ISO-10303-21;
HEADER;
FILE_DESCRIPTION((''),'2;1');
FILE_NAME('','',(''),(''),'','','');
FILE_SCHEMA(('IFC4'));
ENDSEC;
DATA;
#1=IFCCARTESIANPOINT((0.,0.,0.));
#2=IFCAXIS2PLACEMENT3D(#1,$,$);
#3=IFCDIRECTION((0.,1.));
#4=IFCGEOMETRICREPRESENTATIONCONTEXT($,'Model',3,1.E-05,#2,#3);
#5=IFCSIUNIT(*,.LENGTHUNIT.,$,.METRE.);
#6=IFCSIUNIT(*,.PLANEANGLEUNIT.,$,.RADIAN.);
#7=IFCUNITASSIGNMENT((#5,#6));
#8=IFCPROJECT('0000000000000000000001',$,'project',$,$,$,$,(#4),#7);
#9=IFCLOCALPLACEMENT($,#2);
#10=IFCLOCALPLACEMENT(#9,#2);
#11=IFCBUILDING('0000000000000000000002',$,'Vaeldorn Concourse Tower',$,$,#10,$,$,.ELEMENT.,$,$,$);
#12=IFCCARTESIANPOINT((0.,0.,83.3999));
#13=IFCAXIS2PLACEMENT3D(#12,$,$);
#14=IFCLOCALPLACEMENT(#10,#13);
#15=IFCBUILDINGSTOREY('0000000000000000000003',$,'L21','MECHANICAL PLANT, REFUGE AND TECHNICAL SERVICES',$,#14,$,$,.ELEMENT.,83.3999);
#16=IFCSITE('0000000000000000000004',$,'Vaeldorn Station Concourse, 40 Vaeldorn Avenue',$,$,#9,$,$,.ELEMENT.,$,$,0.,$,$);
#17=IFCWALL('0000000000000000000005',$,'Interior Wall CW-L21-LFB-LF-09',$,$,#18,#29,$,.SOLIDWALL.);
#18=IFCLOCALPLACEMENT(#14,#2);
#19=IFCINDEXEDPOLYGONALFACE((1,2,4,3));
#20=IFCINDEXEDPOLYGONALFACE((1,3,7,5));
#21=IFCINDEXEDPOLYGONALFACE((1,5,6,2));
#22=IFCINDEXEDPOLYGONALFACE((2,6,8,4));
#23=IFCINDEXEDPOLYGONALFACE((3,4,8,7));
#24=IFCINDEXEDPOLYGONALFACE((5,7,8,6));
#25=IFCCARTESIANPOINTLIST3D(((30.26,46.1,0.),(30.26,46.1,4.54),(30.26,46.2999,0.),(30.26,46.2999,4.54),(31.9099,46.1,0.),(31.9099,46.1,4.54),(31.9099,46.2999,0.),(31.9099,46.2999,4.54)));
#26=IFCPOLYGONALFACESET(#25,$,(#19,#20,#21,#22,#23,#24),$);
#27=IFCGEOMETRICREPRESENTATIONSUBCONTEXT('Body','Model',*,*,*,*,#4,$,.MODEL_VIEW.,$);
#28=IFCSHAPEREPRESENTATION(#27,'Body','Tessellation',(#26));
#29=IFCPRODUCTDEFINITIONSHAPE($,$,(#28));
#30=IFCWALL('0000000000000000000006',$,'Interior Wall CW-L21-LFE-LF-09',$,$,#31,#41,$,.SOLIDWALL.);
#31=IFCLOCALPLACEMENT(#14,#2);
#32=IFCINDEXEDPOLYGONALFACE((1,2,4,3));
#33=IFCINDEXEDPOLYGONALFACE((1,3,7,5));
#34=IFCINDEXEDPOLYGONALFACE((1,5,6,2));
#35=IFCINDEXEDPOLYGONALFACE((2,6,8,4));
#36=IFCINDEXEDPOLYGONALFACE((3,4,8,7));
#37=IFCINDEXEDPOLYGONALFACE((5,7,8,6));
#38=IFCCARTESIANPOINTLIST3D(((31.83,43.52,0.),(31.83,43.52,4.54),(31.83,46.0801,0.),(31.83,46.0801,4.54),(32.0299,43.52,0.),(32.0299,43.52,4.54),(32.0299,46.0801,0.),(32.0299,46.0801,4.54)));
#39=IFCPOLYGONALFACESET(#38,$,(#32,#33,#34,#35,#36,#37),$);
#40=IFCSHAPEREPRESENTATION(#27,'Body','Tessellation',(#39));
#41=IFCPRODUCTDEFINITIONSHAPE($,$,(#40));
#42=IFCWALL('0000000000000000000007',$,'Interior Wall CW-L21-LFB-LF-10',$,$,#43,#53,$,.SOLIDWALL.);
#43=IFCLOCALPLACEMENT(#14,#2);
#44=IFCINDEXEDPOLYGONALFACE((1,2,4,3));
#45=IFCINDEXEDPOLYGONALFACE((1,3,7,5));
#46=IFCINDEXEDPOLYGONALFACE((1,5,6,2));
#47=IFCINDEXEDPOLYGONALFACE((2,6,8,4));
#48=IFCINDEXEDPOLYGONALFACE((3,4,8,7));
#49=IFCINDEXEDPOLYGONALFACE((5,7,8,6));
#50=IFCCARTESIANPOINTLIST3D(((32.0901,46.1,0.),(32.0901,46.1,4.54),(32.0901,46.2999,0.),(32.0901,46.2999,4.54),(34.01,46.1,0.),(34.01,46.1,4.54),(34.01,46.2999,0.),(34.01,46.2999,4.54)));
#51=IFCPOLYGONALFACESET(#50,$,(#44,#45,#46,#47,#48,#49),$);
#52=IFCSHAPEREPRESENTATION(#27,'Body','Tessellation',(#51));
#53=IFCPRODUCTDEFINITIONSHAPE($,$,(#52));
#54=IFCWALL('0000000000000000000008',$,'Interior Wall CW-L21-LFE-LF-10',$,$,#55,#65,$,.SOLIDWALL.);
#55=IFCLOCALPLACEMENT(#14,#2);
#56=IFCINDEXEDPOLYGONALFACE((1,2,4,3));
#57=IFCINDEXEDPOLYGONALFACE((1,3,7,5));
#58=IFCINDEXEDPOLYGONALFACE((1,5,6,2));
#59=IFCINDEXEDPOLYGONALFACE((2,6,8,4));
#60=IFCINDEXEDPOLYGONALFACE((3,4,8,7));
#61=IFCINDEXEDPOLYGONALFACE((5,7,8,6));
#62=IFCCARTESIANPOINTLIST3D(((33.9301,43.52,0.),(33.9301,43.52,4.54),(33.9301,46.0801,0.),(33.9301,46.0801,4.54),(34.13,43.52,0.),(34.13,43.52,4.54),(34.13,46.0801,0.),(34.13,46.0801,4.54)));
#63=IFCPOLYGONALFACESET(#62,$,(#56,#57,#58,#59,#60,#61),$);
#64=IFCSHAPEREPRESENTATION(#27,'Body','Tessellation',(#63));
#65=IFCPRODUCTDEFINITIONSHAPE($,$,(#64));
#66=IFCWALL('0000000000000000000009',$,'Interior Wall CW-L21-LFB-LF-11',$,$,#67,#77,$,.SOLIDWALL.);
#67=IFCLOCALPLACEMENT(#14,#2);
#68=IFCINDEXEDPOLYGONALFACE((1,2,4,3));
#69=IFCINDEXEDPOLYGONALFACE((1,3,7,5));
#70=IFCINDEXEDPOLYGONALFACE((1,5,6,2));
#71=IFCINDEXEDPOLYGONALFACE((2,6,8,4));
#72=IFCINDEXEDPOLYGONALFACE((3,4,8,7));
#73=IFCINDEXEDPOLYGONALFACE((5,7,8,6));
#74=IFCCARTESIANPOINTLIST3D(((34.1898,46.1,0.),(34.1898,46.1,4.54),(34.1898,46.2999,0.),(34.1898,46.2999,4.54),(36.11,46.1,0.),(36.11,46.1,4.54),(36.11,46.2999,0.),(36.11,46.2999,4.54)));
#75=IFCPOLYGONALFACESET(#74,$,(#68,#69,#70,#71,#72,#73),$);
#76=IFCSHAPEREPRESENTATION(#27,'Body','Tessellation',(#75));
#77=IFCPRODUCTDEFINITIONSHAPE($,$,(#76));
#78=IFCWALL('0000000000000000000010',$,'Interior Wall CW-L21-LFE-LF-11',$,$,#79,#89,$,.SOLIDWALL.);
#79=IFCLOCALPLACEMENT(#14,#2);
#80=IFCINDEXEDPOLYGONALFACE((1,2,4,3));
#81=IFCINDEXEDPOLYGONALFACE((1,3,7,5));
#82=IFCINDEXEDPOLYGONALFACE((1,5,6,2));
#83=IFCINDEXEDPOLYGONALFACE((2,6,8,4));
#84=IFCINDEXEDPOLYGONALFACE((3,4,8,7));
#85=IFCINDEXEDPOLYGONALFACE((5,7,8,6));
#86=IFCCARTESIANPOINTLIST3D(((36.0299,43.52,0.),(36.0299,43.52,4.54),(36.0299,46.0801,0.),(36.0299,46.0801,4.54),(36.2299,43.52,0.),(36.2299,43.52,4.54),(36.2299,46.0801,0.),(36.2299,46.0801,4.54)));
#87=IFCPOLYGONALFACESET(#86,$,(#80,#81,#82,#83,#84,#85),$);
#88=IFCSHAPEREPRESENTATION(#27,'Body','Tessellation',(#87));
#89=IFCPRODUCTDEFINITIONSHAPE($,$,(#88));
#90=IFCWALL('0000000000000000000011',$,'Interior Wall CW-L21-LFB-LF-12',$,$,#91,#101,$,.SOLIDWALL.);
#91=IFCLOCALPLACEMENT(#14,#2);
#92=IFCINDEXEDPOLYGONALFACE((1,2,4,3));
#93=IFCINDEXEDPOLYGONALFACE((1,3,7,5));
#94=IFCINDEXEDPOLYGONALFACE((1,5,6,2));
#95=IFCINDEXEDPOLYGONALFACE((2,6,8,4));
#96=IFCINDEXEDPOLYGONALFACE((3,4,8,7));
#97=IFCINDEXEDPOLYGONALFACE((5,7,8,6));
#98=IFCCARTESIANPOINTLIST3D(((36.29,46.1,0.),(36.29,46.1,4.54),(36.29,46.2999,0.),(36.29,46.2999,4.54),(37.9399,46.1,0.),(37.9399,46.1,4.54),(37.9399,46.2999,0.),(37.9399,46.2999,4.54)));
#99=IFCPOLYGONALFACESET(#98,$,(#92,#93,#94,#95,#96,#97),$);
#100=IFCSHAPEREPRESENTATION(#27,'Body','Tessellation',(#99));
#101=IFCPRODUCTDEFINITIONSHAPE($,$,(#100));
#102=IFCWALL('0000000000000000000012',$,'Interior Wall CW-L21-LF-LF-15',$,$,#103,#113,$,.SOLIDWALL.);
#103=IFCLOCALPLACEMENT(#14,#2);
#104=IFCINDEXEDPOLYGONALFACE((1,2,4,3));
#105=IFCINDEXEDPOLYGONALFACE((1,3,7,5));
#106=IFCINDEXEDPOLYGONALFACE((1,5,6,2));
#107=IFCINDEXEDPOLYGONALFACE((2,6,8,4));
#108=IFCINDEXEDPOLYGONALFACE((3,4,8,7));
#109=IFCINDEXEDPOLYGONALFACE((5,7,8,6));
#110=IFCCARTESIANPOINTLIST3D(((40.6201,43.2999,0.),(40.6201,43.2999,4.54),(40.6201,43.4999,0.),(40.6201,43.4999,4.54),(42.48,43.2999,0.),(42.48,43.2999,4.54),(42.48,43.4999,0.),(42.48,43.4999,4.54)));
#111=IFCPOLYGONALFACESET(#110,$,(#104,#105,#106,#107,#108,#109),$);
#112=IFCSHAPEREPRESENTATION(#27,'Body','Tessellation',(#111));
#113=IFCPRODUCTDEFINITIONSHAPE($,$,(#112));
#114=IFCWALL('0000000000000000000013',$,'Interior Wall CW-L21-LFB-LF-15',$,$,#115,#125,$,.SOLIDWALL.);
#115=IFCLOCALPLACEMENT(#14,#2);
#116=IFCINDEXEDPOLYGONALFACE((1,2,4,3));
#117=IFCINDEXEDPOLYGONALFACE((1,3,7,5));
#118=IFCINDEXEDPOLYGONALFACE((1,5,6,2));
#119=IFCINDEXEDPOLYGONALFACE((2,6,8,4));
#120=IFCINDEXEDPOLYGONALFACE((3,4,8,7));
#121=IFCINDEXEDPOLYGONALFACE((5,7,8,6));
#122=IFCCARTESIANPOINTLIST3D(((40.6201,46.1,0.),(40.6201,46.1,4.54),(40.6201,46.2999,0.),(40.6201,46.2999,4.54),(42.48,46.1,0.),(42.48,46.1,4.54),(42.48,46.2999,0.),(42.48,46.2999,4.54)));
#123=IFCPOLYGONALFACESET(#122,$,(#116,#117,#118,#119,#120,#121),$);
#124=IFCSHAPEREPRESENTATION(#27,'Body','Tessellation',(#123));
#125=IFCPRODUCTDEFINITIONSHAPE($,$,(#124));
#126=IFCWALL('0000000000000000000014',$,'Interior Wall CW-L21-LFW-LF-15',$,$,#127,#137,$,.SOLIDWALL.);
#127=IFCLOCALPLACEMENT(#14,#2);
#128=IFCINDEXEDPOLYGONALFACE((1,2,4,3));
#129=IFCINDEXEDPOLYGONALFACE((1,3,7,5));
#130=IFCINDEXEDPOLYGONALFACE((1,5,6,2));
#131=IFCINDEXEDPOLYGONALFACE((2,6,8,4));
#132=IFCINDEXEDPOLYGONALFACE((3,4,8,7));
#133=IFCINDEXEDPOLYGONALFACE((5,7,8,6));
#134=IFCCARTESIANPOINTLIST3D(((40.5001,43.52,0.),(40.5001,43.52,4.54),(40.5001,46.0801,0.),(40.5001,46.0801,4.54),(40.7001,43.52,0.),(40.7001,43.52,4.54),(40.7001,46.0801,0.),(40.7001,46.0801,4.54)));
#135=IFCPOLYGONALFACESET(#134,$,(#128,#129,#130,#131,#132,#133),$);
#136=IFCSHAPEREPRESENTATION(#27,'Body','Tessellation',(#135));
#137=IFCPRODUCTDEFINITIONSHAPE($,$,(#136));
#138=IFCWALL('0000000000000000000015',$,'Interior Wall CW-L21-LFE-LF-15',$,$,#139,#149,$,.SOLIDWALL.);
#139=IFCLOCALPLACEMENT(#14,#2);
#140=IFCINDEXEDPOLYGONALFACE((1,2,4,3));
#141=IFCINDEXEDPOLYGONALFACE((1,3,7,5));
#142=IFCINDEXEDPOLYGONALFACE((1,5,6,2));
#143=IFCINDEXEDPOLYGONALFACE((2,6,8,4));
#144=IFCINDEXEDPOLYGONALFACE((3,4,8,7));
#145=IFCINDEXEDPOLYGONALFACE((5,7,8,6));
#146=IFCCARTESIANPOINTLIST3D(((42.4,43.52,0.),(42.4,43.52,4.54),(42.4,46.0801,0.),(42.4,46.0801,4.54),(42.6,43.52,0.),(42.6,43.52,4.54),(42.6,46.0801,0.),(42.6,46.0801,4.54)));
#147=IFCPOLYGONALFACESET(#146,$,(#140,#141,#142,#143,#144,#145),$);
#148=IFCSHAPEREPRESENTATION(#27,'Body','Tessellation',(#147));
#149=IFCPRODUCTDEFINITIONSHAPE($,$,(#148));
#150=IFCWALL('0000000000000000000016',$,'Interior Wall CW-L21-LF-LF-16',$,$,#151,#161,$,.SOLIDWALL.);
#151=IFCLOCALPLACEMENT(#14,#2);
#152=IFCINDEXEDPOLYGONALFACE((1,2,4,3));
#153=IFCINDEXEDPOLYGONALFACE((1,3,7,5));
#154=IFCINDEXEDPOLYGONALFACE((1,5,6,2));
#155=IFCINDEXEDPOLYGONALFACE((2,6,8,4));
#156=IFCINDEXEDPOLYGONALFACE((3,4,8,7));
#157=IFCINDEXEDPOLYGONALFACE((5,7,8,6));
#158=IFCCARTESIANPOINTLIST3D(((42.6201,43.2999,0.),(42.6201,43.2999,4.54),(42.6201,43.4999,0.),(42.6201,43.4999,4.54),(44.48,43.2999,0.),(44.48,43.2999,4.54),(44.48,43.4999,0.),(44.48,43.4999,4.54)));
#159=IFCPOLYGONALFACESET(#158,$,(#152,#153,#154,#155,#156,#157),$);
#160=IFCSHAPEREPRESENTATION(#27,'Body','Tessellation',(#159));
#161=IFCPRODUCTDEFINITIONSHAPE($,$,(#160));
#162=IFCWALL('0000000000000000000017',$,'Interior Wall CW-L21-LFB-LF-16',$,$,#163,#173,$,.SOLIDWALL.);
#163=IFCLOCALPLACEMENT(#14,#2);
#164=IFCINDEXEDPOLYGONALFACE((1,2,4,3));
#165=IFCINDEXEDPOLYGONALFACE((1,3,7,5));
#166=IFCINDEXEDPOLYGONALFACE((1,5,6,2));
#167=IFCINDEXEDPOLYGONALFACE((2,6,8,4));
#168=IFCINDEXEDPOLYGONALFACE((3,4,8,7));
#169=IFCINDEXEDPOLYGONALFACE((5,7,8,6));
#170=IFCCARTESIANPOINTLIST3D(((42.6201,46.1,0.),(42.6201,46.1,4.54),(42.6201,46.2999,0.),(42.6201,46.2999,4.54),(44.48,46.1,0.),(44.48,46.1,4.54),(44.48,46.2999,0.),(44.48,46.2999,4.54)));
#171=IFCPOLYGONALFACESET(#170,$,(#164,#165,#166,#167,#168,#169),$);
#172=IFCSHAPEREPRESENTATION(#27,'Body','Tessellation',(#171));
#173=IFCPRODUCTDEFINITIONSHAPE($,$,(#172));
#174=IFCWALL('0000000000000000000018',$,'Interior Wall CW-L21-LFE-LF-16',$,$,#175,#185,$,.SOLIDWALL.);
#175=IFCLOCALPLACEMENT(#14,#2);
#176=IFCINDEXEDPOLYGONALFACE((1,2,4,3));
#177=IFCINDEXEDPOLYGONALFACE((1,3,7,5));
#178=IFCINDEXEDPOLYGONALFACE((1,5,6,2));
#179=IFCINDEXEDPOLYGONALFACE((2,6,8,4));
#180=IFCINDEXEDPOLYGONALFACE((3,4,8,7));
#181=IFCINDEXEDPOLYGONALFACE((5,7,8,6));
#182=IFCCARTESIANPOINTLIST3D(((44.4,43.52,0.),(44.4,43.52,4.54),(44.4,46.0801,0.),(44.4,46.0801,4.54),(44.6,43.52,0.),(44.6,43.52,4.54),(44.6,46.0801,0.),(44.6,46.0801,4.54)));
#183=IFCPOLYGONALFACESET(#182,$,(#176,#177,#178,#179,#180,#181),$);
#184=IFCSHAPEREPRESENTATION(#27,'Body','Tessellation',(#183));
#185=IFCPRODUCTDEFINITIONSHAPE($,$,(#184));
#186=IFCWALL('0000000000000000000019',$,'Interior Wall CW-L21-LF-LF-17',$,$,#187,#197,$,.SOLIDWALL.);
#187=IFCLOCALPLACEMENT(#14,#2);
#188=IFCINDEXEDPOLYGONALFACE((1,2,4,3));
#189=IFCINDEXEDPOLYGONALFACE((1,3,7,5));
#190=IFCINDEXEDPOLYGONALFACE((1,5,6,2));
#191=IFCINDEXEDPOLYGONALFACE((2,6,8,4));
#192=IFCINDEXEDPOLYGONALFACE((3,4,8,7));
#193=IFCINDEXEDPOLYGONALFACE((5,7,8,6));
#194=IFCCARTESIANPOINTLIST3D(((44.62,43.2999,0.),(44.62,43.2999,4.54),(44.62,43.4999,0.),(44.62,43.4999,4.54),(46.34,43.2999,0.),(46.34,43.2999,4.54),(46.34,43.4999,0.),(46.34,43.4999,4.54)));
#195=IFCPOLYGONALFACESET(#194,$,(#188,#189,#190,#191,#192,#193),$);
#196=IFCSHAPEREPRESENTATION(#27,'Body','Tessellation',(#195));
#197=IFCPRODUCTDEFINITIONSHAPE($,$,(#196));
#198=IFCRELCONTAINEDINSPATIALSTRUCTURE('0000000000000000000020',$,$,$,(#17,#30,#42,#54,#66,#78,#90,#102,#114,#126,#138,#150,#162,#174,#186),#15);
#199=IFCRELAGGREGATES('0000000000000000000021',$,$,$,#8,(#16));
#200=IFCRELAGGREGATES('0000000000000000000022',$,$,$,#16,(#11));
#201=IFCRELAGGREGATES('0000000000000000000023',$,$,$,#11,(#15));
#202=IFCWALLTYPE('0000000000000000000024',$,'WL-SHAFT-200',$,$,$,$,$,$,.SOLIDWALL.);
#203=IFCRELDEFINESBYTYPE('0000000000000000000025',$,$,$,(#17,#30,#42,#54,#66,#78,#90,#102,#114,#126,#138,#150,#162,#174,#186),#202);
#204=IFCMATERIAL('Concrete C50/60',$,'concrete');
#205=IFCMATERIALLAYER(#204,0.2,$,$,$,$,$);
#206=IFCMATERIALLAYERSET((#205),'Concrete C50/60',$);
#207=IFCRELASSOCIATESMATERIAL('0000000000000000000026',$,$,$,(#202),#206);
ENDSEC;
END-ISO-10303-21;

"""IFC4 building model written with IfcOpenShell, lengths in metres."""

from ifc_helpers import new_model, si_unit, direction, frame, frame_2d, origin, place, context, subcontext, project, spatial, rectangle, extrude, material, layer, layer_set, type_object, element, save


model = new_model("IFC4")

# Units and contexts
model_context = context("Model", 3, precision=1e-05, world=origin(), true_north=direction((0.0, 1.0)))
body_context = subcontext(model_context, "Body", "Model", "MODEL_VIEW")
ifc_project = project(units=[si_unit("LENGTHUNIT", "METRE"), si_unit("PLANEANGLEUNIT", "RADIAN")], contexts=[model_context])

# Site, building, storey
site_placement = place(None, origin())
site = spatial("IfcSite", under=ifc_project, at=site_placement, Name="Vaeldorn Station Concourse, 40 Vaeldorn Avenue", CompositionType="ELEMENT", RefElevation=0.0)
building_placement = place(site_placement, origin())
building = spatial("IfcBuilding", under=site, at=building_placement, Name="Vaeldorn Concourse Tower", CompositionType="ELEMENT")
storey_placement = place(building_placement, frame((0.0, 0.0, 83.3999)))
storey = spatial("IfcBuildingStorey", under=building, at=storey_placement, Name="L21", Description="MECHANICAL PLANT, REFUGE AND TECHNICAL SERVICES", CompositionType="ELEMENT", Elevation=83.3999)

# Walls
ifc_material_1 = material(Name="Concrete C50/60", Category="concrete")
ifc_layer_1 = layer(ifc_material_1, 0.2)
ifc_layer_set_1 = layer_set([ifc_layer_1], Name="Concrete C50/60")
wall_type_1 = type_object("IfcWallType", Name="WL-SHAFT-200", PredefinedType="SOLIDWALL", material=ifc_layer_set_1)
wall_1_placement = place(storey_placement, frame((30.26, 46.2, 0.0), z_axis=(0.0, 0.0, 1.0), x_axis=(1.0, 0.0, 0.0)))
element("IfcWall", 1, at=wall_1_placement, inside=storey, type_object=wall_type_1, Name="Interior Wall CW-L21-LFB-LF-09", PredefinedType="SOLIDWALL", context=body_context, shape_type="SweptSolid", body=[
    extrude(rectangle(XDim=1.6499, YDim=0.2, at=frame_2d((0.825, 0.0))), origin(), (0.0, 0.0, 1.0), 4.54),
])
wall_2_placement = place(storey_placement, frame((31.9299, 43.52, 0.0), z_axis=(0.0, 0.0, 1.0), x_axis=(0.0, 1.0, 0.0)))
element("IfcWall", 2, at=wall_2_placement, inside=storey, type_object=wall_type_1, Name="Interior Wall CW-L21-LFE-LF-09", PredefinedType="SOLIDWALL", context=body_context, shape_type="SweptSolid", body=[
    extrude(rectangle(XDim=2.5601, YDim=0.2, at=frame_2d((1.28, 0.0))), origin(), (0.0, 0.0, 1.0), 4.54),
])
wall_3_placement = place(storey_placement, frame((32.0901, 46.2, 0.0), z_axis=(0.0, 0.0, 1.0), x_axis=(1.0, 0.0, 0.0)))
element("IfcWall", 3, at=wall_3_placement, inside=storey, type_object=wall_type_1, Name="Interior Wall CW-L21-LFB-LF-10", PredefinedType="SOLIDWALL", context=body_context, shape_type="SweptSolid", body=[
    extrude(rectangle(XDim=1.9199, YDim=0.2, at=frame_2d((0.96, 0.0))), origin(), (0.0, 0.0, 1.0), 4.54),
])
wall_4_placement = place(storey_placement, frame((34.03, 43.52, 0.0), z_axis=(0.0, 0.0, 1.0), x_axis=(0.0, 1.0, 0.0)))
element("IfcWall", 4, at=wall_4_placement, inside=storey, type_object=wall_type_1, Name="Interior Wall CW-L21-LFE-LF-10", PredefinedType="SOLIDWALL", context=body_context, shape_type="SweptSolid", body=[
    extrude(rectangle(XDim=2.5601, YDim=0.2, at=frame_2d((1.28, 0.0))), origin(), (0.0, 0.0, 1.0), 4.54),
])
wall_5_placement = place(storey_placement, frame((34.1899, 46.2, 0.0), z_axis=(0.0, 0.0, 1.0), x_axis=(1.0, 0.0, 0.0)))
element("IfcWall", 5, at=wall_5_placement, inside=storey, type_object=wall_type_1, Name="Interior Wall CW-L21-LFB-LF-11", PredefinedType="SOLIDWALL", context=body_context, shape_type="SweptSolid", body=[
    extrude(rectangle(XDim=1.9202, YDim=0.2, at=frame_2d((0.96, 0.0))), origin(), (0.0, 0.0, 1.0), 4.54),
])
wall_6_placement = place(storey_placement, frame((36.1299, 43.52, 0.0), z_axis=(0.0, 0.0, 1.0), x_axis=(0.0, 1.0, 0.0)))
element("IfcWall", 6, at=wall_6_placement, inside=storey, type_object=wall_type_1, Name="Interior Wall CW-L21-LFE-LF-11", PredefinedType="SOLIDWALL", context=body_context, shape_type="SweptSolid", body=[
    extrude(rectangle(XDim=2.5601, YDim=0.2, at=frame_2d((1.28, 0.0))), origin(), (0.0, 0.0, 1.0), 4.54),
])
wall_7_placement = place(storey_placement, frame((36.29, 46.2, 0.0), z_axis=(0.0, 0.0, 1.0), x_axis=(1.0, 0.0, 0.0)))
element("IfcWall", 7, at=wall_7_placement, inside=storey, type_object=wall_type_1, Name="Interior Wall CW-L21-LFB-LF-12", PredefinedType="SOLIDWALL", context=body_context, shape_type="SweptSolid", body=[
    extrude(rectangle(XDim=1.6499, YDim=0.2, at=frame_2d((0.825, 0.0))), origin(), (0.0, 0.0, 1.0), 4.54),
])
for number, where, z_axis, x_axis, name in (
    (8, (40.6201, 43.3999, 0.0), (0.0, 0.0, 1.0), (1.0, 0.0, 0.0), "Interior Wall CW-L21-LF-LF-15"),
    (9, (40.6201, 46.2, 0.0), (0.0, 0.0, 1.0), (1.0, 0.0, 0.0), "Interior Wall CW-L21-LFB-LF-15"),
):
    element("IfcWall", number, at=place(storey_placement, frame(where, z_axis=z_axis, x_axis=x_axis)), inside=storey, type_object=wall_type_1, Name=name, PredefinedType="SOLIDWALL", context=body_context, shape_type="SweptSolid", body=[
        extrude(rectangle(XDim=1.8599, YDim=0.2, at=frame_2d((0.9299, 0.0))), origin(), (0.0, 0.0, 1.0), 4.54),
    ])
for number, where, z_axis, x_axis, name in (
    (10, (40.6001, 43.52, 0.0), (0.0, 0.0, 1.0), (0.0, 1.0, 0.0), "Interior Wall CW-L21-LFW-LF-15"),
    (11, (42.5, 43.52, 0.0), (0.0, 0.0, 1.0), (0.0, 1.0, 0.0), "Interior Wall CW-L21-LFE-LF-15"),
):
    element("IfcWall", number, at=place(storey_placement, frame(where, z_axis=z_axis, x_axis=x_axis)), inside=storey, type_object=wall_type_1, Name=name, PredefinedType="SOLIDWALL", context=body_context, shape_type="SweptSolid", body=[
        extrude(rectangle(XDim=2.5601, YDim=0.2, at=frame_2d((1.28, 0.0))), origin(), (0.0, 0.0, 1.0), 4.54),
    ])
for number, where, z_axis, x_axis, name in (
    (12, (42.6201, 43.3999, 0.0), (0.0, 0.0, 1.0), (1.0, 0.0, 0.0), "Interior Wall CW-L21-LF-LF-16"),
    (13, (42.6201, 46.2, 0.0), (0.0, 0.0, 1.0), (1.0, 0.0, 0.0), "Interior Wall CW-L21-LFB-LF-16"),
):
    element("IfcWall", number, at=place(storey_placement, frame(where, z_axis=z_axis, x_axis=x_axis)), inside=storey, type_object=wall_type_1, Name=name, PredefinedType="SOLIDWALL", context=body_context, shape_type="SweptSolid", body=[
        extrude(rectangle(XDim=1.8599, YDim=0.2, at=frame_2d((0.9299, 0.0))), origin(), (0.0, 0.0, 1.0), 4.54),
    ])
wall_8_placement = place(storey_placement, frame((44.5, 43.52, 0.0), z_axis=(0.0, 0.0, 1.0), x_axis=(0.0, 1.0, 0.0)))
element("IfcWall", 14, at=wall_8_placement, inside=storey, type_object=wall_type_1, Name="Interior Wall CW-L21-LFE-LF-16", PredefinedType="SOLIDWALL", context=body_context, shape_type="SweptSolid", body=[
    extrude(rectangle(XDim=2.5601, YDim=0.2, at=frame_2d((1.28, 0.0))), origin(), (0.0, 0.0, 1.0), 4.54),
])
wall_9_placement = place(storey_placement, frame((44.6201, 43.3999, 0.0), z_axis=(0.0, 0.0, 1.0), x_axis=(1.0, 0.0, 0.0)))
element("IfcWall", 15, at=wall_9_placement, inside=storey, type_object=wall_type_1, Name="Interior Wall CW-L21-LF-LF-17", PredefinedType="SOLIDWALL", context=body_context, shape_type="SweptSolid", body=[
    extrude(rectangle(XDim=1.72, YDim=0.2, at=frame_2d((0.8599, 0.0))), origin(), (0.0, 0.0, 1.0), 4.54),
])

save(model, "model.ifc")
